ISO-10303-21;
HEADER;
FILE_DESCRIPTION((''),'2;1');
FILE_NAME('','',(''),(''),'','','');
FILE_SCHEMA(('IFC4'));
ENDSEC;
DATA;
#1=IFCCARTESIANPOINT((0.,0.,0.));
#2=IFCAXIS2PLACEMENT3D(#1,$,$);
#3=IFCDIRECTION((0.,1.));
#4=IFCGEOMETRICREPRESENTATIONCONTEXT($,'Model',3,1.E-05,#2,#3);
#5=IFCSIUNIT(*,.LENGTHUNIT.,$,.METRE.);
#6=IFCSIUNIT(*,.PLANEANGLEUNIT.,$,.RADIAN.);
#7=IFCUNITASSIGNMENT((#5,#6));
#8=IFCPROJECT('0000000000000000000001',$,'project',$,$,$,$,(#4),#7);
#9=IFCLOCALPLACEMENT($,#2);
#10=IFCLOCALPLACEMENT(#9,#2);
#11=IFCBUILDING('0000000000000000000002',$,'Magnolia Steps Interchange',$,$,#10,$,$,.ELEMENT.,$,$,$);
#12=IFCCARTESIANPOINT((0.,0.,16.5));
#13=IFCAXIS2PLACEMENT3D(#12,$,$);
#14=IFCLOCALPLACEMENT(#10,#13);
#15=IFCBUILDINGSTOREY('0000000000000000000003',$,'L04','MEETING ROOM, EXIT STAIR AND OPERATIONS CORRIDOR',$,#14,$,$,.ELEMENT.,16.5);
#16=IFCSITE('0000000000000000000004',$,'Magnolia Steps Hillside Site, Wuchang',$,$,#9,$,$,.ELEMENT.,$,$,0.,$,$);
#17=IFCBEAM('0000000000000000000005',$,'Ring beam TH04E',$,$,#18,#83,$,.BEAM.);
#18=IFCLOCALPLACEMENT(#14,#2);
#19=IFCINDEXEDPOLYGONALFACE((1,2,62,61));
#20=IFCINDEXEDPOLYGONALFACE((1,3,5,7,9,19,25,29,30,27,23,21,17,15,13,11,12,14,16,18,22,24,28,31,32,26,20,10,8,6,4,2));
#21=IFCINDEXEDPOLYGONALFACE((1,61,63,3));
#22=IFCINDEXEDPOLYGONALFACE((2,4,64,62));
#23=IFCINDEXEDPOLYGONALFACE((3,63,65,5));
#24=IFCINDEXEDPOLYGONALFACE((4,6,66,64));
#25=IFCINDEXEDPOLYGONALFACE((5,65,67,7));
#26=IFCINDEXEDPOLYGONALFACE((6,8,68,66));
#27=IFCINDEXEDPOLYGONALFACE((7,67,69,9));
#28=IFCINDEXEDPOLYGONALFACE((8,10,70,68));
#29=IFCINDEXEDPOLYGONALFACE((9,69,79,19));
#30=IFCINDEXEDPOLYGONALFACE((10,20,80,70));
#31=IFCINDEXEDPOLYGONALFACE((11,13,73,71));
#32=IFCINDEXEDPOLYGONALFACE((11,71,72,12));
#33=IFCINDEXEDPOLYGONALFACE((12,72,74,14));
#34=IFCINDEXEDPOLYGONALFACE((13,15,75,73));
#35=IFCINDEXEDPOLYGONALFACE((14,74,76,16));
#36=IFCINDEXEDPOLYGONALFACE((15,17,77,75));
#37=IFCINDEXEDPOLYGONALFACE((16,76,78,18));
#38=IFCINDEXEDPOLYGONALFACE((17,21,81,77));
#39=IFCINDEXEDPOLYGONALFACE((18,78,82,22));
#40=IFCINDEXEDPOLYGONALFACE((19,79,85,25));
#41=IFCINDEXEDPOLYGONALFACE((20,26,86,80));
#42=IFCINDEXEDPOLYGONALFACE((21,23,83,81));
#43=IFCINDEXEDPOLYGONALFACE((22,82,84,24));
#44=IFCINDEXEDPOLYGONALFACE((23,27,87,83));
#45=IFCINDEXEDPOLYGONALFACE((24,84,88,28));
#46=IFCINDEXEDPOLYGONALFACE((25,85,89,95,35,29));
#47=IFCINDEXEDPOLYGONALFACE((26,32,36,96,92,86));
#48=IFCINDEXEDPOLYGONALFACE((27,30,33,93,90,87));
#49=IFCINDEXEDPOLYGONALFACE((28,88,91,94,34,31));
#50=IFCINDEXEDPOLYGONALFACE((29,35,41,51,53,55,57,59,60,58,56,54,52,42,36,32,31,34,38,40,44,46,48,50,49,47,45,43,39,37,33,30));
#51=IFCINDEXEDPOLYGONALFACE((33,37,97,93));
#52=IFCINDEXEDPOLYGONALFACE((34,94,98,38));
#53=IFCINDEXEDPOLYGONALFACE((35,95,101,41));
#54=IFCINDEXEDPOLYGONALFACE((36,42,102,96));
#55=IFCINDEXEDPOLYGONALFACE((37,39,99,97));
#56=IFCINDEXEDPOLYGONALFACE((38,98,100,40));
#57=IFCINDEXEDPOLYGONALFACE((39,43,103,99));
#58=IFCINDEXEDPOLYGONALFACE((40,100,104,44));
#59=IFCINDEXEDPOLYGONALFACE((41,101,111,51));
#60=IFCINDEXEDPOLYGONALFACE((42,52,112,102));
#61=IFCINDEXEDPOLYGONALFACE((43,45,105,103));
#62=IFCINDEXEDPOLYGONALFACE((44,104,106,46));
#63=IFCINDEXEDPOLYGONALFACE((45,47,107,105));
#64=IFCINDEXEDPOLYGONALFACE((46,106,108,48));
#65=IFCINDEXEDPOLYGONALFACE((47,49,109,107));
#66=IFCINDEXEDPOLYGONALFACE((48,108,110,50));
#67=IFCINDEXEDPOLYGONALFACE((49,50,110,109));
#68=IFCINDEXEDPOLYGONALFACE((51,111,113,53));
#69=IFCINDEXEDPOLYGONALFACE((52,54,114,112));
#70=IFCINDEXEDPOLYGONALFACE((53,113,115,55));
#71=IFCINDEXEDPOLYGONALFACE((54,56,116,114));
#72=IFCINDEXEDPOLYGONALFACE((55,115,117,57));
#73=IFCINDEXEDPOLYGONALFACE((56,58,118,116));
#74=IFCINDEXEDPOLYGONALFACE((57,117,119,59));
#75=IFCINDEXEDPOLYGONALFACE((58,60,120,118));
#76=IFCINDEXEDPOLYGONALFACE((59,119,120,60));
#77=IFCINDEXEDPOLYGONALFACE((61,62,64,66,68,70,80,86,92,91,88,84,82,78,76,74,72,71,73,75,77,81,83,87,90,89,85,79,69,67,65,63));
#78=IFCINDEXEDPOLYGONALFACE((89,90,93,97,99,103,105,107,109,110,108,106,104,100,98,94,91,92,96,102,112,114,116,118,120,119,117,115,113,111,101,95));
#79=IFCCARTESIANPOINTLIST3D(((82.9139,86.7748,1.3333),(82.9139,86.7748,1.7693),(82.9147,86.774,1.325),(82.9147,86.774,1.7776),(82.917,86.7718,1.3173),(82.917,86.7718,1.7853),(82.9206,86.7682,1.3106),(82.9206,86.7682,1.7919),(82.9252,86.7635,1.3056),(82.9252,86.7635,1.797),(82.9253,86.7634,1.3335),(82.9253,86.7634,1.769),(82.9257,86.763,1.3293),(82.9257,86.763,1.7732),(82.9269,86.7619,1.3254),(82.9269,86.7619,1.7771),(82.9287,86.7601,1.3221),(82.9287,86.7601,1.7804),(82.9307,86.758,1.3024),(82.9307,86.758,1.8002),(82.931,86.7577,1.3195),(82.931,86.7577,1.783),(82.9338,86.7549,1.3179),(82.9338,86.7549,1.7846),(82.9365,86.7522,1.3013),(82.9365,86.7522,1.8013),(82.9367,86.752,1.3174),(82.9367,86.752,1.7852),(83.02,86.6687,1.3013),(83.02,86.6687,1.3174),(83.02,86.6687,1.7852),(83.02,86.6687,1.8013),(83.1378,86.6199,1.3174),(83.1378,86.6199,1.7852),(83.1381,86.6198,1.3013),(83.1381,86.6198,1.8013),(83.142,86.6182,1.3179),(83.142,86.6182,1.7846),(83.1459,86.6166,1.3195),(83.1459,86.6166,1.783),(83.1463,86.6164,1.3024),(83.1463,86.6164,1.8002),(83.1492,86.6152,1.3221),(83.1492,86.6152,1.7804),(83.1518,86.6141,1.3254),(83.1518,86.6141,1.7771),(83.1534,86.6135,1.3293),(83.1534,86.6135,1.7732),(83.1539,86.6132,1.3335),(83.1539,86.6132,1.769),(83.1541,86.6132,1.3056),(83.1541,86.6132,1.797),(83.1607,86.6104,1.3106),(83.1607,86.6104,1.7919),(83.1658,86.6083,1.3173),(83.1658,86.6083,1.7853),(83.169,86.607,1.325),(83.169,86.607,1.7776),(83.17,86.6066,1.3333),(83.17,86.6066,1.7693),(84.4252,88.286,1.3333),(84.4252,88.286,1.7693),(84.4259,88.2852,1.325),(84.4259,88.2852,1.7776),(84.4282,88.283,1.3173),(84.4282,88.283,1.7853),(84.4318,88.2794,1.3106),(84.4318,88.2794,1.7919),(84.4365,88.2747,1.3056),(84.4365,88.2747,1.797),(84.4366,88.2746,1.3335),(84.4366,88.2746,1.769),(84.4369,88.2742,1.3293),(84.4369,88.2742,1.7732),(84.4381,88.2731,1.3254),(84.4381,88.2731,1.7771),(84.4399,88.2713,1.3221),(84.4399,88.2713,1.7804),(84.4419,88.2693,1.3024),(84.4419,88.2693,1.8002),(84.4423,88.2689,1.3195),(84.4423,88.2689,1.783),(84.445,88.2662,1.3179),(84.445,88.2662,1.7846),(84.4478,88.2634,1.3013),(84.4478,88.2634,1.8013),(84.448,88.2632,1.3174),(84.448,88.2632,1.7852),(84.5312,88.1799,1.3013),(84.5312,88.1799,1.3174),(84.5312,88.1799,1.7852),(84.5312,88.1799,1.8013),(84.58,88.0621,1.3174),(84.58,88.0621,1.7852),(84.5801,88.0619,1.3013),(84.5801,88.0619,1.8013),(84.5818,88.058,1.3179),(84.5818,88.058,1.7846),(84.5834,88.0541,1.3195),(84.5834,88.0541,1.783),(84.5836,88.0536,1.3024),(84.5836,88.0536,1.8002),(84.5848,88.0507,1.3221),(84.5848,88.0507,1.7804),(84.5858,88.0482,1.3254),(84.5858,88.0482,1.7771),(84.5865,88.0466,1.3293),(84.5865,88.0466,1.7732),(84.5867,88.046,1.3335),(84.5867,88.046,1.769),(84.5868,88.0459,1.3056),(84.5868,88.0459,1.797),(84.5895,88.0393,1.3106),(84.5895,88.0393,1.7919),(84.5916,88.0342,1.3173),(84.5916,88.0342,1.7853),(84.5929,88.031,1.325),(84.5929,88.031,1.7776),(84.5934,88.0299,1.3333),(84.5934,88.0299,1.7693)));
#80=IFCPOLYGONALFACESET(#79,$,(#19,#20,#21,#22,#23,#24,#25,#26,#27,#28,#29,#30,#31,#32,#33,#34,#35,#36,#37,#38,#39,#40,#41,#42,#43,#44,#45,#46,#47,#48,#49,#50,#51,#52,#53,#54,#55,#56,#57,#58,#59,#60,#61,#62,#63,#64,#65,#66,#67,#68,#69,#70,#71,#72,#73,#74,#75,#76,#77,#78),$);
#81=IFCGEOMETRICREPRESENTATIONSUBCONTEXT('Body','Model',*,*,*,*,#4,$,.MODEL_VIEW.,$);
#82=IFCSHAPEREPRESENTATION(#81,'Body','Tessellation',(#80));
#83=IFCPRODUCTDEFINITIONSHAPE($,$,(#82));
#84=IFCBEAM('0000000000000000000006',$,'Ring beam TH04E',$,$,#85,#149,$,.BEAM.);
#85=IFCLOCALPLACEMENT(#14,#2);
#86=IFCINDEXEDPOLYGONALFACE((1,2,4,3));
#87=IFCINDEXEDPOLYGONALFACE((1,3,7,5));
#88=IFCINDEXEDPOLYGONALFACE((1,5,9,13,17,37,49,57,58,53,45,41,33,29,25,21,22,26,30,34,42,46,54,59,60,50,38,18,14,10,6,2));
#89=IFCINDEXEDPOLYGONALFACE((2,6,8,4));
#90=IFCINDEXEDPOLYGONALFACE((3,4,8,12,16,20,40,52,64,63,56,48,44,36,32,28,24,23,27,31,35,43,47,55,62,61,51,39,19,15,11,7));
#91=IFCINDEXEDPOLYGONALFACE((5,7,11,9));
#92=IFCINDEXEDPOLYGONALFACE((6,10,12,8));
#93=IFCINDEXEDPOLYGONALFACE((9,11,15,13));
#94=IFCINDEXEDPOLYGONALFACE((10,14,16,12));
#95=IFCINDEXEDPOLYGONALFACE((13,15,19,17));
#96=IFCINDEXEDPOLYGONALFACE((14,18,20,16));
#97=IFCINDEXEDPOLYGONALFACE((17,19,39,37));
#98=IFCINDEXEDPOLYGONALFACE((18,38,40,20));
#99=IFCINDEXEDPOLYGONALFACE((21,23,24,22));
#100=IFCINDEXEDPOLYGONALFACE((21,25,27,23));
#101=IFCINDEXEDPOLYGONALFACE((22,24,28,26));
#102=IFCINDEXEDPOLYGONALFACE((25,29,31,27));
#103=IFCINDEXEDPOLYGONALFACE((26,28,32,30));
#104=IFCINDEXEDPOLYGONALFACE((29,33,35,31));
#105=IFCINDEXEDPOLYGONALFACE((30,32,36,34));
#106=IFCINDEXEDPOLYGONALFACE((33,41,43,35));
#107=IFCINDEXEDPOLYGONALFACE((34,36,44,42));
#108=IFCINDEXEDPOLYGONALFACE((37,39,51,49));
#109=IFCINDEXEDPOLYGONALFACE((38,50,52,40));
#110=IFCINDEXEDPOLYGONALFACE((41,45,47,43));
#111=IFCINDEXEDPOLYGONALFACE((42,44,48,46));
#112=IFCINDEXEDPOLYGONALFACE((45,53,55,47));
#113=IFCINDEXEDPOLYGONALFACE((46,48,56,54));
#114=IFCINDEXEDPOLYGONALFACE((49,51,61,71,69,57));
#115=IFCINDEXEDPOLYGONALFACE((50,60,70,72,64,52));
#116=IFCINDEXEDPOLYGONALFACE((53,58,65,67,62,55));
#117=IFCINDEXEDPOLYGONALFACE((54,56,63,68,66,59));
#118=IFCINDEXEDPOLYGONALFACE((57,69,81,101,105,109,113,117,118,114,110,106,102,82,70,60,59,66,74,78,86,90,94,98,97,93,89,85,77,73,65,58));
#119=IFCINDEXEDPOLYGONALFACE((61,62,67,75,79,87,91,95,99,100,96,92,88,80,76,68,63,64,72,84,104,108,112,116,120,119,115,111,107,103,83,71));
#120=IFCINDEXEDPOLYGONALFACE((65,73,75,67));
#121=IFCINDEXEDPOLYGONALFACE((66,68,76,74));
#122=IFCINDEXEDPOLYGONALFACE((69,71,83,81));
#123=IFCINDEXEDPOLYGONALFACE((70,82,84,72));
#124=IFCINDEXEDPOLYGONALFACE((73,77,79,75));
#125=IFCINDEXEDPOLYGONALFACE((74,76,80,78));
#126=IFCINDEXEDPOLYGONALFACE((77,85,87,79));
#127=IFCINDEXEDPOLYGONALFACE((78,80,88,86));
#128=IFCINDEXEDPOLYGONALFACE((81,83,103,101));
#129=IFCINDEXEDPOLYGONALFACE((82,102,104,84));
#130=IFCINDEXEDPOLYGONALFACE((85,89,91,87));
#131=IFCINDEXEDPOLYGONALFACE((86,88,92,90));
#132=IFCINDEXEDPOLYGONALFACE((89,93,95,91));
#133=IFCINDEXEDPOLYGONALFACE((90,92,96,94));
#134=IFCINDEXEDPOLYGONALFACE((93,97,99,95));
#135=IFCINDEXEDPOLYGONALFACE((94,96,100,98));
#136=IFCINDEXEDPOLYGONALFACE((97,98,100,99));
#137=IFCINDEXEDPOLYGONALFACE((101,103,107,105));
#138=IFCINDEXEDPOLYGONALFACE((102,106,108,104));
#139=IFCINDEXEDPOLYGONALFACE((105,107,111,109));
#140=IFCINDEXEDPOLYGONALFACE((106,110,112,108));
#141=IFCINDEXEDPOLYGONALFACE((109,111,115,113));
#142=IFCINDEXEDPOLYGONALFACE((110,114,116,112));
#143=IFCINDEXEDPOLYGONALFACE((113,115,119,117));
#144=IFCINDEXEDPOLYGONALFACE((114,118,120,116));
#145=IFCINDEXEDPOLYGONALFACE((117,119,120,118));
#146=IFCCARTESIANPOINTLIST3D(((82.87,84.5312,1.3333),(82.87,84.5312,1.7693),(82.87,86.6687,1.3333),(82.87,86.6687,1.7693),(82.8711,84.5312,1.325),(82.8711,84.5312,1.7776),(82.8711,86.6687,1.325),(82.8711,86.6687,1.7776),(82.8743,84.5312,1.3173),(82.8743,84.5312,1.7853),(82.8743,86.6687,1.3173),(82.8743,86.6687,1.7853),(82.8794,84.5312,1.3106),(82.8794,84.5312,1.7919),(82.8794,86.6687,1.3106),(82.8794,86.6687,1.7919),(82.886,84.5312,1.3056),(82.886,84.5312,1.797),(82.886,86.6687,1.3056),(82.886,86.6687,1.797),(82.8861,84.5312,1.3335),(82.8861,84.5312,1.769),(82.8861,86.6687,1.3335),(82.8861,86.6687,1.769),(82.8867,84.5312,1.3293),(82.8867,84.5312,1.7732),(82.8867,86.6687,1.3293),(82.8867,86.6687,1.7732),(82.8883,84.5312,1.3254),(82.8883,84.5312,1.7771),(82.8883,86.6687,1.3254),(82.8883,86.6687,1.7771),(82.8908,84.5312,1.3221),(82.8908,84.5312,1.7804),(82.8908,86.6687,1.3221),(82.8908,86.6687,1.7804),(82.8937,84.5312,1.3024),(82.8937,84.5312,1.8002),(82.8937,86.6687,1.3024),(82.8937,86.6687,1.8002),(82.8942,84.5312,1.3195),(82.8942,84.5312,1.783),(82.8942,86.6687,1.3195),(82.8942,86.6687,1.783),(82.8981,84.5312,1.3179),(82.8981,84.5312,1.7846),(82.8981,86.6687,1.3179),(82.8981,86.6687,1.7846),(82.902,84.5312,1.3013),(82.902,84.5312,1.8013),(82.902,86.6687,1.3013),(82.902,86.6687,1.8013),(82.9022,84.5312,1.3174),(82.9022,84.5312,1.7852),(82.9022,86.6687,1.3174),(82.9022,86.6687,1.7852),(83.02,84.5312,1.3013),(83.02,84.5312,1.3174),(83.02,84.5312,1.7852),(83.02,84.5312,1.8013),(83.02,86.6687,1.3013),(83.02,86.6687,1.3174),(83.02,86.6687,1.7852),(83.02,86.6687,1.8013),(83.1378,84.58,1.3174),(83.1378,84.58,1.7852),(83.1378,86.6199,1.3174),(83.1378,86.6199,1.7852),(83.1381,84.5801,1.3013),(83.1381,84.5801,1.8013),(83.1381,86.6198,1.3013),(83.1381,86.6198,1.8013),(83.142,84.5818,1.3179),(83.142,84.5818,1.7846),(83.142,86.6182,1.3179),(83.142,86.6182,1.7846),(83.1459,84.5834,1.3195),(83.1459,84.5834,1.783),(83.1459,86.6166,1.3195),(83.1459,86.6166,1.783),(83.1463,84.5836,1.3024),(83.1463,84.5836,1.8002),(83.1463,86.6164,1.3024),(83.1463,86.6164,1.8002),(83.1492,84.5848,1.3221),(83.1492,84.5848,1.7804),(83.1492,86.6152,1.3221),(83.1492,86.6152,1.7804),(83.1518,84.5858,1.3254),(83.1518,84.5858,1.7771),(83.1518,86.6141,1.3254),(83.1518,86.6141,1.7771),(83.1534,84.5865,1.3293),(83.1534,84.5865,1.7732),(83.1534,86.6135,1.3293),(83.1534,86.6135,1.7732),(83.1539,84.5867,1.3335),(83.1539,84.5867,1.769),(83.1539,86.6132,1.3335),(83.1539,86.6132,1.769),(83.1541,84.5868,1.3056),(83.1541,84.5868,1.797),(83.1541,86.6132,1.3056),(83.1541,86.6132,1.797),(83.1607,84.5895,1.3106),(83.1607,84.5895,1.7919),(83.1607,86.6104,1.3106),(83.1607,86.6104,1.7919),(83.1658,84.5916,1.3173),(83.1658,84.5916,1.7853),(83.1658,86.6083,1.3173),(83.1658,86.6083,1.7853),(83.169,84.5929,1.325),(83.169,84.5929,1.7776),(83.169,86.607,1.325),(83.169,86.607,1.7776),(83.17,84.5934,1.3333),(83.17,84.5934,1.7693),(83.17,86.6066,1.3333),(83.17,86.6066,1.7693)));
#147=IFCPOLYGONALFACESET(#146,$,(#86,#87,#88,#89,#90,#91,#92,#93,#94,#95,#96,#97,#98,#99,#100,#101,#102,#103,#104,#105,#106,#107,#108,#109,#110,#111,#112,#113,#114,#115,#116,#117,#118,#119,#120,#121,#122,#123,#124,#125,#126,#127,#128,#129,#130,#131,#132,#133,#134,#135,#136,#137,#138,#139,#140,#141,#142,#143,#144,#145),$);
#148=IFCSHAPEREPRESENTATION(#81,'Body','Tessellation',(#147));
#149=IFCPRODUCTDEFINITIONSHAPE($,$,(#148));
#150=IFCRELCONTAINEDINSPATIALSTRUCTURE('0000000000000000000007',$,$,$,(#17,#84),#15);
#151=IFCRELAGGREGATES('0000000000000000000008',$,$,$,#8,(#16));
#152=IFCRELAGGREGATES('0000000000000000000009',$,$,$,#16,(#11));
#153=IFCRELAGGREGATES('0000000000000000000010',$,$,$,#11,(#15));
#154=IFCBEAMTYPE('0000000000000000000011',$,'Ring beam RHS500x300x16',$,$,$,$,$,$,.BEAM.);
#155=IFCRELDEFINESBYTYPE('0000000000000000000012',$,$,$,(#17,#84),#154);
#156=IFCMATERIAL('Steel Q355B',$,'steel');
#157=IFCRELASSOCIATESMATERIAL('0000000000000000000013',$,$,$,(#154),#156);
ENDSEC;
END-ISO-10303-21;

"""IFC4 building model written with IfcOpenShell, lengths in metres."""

from ifc_helpers import new_model, si_unit, direction, frame, origin, origin_2d, place, context, subcontext, project, spatial, hollow_rectangle, extrude, clip, halfspace, material, material_profile, profile_set, type_object, element, save


model = new_model("IFC4")

# Units and contexts
model_context = context("Model", 3, precision=1e-05, world=origin(), true_north=direction((0.0, 1.0)))
body_context = subcontext(model_context, "Body", "Model", "MODEL_VIEW")
ifc_project = project(units=[si_unit("LENGTHUNIT", "METRE"), si_unit("PLANEANGLEUNIT", "RADIAN")], contexts=[model_context])

# Site, building, storey
site_placement = place(None, origin())
site = spatial("IfcSite", under=ifc_project, at=site_placement, Name="Magnolia Steps Hillside Site, Wuchang", CompositionType="ELEMENT", RefElevation=0.0)
building_placement = place(site_placement, origin())
building = spatial("IfcBuilding", under=site, at=building_placement, Name="Magnolia Steps Interchange", CompositionType="ELEMENT")
storey_placement = place(building_placement, frame((0.0, 0.0, 16.5)))
storey = spatial("IfcBuildingStorey", under=building, at=storey_placement, Name="L04", Description="MEETING ROOM, EXIT STAIR AND OPERATIONS CORRIDOR", CompositionType="ELEMENT", Elevation=16.5)

# Beams
ifc_material_1 = material(Name="Steel Q355B", Category="steel")
ifc_material_profile_1 = material_profile(ifc_material_1, hollow_rectangle(XDim=0.3, YDim=0.5, WallThickness=0.0161, InnerFilletRadius=0.0161, OuterFilletRadius=0.032, at=origin_2d()), Name="RHS500x300x16")
ifc_profile_set_1 = profile_set([ifc_material_profile_1], Name="Steel Q355B")
beam_type_1 = type_object("IfcBeamType", Name="Ring beam RHS500x300x16", PredefinedType="BEAM", material=ifc_profile_set_1)
beam_1_placement = place(storey_placement, frame((84.5312, 88.1799, 1.5513), z_axis=(-0.707107, -0.707107, 0.0), x_axis=(0.707107, -0.707107, 0.0)))
element("IfcBeam", 1, at=beam_1_placement, inside=storey, type_object=beam_type_1, Name="Ring beam TH04E", PredefinedType="BEAM", context=body_context, shape_type="Clipping", body=[
    clip(clip(extrude(hollow_rectangle(XDim=0.3, YDim=0.5, WallThickness=0.0161, InnerFilletRadius=0.0161, OuterFilletRadius=0.032, at=origin_2d()), origin(), (0.0, 0.0, 1.0), 2.1372), halfspace(frame((0.0, 0.0, 0.0), z_axis=(0.382683, 0.0, -0.92388), x_axis=(0.92388, 0.0, 0.382683)), False)), halfspace(frame((0.0, 0.0, 2.1372), z_axis=(0.382683, 0.0, 0.92388), x_axis=(0.92388, 0.0, -0.382683)), False)),
])
beam_2_placement = place(storey_placement, frame((83.02, 86.6687, 1.5513), z_axis=(0.0, -1.0, 0.0), x_axis=(1.0, 0.0, 0.0)))
element("IfcBeam", 2, at=beam_2_placement, inside=storey, type_object=beam_type_1, Name="Ring beam TH04E", PredefinedType="BEAM", context=body_context, shape_type="Clipping", body=[
    clip(clip(extrude(hollow_rectangle(XDim=0.3, YDim=0.5, WallThickness=0.0161, InnerFilletRadius=0.0161, OuterFilletRadius=0.032, at=origin_2d()), origin(), (0.0, 0.0, 1.0), 2.1375), halfspace(frame((0.0, 0.0, 0.0), z_axis=(0.382683, 0.0, -0.92388), x_axis=(0.92388, 0.0, 0.382683)), False)), halfspace(frame((0.0, 0.0, 2.1375), z_axis=(0.382683, 0.0, 0.92388), x_axis=(0.92388, 0.0, -0.382683)), False)),
])

save(model, "model.ifc")
